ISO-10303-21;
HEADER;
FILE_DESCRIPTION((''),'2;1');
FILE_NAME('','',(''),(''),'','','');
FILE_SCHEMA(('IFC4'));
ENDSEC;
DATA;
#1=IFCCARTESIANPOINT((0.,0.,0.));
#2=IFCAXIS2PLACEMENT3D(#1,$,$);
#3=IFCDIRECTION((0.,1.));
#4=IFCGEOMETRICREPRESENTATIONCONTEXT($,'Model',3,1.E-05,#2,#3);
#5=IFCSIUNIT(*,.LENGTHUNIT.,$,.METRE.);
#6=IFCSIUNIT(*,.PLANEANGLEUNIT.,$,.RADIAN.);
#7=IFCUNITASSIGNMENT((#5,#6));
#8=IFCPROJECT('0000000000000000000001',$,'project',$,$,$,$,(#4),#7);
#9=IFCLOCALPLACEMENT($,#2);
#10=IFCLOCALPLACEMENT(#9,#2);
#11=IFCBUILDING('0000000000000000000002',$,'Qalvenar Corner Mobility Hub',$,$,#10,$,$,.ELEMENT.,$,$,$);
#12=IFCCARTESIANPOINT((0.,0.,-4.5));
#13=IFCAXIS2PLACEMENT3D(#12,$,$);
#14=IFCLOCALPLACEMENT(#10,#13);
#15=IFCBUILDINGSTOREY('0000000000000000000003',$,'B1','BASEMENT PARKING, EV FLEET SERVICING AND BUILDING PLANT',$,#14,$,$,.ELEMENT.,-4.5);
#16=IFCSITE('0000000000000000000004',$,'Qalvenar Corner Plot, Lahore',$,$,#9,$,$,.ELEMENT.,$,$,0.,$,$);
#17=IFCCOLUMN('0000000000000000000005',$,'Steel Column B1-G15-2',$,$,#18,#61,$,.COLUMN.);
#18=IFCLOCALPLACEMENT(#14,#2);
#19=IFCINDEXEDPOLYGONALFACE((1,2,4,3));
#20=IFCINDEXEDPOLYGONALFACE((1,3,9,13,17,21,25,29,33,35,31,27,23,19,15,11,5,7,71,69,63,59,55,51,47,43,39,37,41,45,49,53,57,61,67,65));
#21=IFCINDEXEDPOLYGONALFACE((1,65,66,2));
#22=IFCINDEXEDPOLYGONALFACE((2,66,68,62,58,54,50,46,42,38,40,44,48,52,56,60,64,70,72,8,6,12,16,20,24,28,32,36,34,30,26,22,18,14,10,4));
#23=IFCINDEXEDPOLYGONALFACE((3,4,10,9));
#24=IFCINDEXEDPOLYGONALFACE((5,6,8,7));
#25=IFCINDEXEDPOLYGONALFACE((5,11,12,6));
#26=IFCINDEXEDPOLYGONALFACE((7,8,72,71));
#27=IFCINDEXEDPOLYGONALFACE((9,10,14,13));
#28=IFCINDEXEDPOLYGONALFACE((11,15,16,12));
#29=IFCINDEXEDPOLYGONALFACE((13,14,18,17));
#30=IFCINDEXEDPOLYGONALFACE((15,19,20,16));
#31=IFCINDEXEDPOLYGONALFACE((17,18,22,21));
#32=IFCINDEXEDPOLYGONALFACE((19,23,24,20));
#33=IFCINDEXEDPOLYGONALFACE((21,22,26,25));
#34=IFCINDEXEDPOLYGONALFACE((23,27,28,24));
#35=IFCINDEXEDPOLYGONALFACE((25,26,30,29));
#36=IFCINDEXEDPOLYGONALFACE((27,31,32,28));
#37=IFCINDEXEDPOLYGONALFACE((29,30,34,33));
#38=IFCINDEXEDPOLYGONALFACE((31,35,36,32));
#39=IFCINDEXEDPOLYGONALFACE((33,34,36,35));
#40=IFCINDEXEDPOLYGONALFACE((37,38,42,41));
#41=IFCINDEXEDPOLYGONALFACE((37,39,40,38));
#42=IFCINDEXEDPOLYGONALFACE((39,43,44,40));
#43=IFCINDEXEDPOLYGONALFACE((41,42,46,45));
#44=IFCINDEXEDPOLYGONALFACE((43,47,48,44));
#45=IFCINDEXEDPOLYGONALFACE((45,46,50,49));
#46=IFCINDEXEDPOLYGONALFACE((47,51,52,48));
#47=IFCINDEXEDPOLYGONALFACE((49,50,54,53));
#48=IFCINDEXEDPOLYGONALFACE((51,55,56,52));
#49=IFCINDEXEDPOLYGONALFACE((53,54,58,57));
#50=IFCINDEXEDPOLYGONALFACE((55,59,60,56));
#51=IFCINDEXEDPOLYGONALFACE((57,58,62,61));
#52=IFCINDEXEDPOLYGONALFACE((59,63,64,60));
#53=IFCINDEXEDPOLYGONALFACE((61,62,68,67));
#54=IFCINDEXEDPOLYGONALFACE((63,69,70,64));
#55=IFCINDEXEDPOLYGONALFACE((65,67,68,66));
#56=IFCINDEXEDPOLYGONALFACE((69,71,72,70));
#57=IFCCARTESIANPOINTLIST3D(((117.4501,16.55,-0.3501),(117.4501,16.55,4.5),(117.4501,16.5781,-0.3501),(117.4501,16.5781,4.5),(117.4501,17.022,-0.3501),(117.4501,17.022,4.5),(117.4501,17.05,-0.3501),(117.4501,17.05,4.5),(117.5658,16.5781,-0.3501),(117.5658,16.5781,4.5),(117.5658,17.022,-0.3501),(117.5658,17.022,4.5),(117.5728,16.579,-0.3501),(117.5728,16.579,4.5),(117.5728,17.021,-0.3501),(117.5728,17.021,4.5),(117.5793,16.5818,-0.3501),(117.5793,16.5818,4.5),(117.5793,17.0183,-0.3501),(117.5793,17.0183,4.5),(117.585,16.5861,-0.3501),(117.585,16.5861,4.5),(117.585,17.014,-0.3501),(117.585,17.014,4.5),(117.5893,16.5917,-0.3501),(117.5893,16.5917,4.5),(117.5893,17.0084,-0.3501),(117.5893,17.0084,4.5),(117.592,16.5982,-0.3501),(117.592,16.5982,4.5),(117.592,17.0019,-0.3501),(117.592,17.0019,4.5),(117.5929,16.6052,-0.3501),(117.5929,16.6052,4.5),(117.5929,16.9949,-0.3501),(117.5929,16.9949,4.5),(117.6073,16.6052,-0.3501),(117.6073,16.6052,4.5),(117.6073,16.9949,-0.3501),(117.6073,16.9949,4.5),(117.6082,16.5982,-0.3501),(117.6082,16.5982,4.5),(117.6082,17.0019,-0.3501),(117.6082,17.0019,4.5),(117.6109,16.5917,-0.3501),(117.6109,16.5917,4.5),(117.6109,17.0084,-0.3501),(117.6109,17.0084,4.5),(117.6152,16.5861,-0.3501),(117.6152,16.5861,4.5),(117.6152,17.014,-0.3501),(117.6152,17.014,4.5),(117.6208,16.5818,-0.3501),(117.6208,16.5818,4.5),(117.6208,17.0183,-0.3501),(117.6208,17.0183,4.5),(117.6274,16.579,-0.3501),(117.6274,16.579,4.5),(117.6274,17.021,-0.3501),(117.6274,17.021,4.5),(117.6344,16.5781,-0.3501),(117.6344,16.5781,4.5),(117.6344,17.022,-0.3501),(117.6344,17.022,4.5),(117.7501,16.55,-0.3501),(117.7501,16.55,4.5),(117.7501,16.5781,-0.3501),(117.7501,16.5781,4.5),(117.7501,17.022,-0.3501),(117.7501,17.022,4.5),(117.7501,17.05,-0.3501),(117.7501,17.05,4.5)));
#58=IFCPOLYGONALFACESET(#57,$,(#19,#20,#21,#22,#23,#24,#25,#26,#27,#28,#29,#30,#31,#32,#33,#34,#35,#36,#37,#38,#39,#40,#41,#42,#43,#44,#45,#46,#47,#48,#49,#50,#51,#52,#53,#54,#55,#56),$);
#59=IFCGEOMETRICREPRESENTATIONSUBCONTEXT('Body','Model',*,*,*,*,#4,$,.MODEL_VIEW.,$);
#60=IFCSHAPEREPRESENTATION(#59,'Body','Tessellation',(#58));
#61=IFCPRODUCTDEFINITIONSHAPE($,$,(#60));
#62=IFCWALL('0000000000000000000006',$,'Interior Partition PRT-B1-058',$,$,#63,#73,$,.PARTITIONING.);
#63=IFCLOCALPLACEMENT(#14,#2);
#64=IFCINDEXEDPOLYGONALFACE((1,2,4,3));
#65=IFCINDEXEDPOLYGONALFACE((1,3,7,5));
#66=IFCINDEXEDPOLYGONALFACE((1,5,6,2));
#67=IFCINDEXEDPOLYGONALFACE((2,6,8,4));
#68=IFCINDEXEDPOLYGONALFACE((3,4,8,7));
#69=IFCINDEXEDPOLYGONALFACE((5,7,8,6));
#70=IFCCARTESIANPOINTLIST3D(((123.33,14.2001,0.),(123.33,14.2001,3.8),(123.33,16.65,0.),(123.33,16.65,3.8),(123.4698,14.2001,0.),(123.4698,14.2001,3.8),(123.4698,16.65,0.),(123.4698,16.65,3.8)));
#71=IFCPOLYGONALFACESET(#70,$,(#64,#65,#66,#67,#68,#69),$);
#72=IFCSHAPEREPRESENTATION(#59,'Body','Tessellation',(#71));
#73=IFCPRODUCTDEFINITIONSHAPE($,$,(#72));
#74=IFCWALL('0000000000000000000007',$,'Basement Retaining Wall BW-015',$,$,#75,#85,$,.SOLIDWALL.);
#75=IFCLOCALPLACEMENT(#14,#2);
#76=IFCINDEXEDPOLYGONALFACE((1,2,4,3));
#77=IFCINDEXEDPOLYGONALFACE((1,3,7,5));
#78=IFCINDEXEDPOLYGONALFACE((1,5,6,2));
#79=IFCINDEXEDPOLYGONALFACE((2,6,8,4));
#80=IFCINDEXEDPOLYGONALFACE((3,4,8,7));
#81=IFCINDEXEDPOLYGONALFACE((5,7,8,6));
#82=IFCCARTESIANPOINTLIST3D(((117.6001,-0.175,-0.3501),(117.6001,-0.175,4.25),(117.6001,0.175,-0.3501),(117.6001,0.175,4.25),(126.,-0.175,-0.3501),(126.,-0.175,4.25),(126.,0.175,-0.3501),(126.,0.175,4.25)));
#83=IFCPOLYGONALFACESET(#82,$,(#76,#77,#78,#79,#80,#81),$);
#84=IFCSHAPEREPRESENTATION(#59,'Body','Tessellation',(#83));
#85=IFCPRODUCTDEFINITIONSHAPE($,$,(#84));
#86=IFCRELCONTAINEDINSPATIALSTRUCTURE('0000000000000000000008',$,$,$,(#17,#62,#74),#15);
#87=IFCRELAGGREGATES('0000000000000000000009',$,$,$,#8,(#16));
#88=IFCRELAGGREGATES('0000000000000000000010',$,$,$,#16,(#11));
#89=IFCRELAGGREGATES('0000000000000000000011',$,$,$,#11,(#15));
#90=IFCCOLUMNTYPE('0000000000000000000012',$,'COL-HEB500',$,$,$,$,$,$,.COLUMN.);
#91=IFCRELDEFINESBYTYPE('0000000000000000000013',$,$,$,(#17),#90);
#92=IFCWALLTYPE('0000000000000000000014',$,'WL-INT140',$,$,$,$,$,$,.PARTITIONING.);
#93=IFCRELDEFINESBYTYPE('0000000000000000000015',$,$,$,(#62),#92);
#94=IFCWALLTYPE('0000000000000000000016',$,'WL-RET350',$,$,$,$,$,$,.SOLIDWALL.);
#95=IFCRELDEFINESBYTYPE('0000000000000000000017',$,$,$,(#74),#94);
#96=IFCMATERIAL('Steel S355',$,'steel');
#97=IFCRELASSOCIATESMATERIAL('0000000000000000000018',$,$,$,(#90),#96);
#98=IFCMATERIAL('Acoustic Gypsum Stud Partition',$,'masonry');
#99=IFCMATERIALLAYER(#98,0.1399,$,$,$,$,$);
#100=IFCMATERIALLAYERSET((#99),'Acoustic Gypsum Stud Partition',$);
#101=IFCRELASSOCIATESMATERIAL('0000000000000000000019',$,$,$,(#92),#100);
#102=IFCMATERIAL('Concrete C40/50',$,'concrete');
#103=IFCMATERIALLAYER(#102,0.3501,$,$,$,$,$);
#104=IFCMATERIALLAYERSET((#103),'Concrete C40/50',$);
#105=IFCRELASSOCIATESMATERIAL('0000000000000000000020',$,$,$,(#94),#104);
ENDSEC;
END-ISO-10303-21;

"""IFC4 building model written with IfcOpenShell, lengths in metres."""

from ifc_helpers import new_model, si_unit, direction, frame, frame_2d, origin, origin_2d, place, context, subcontext, project, spatial, rectangle, i_section, extrude, material, layer, layer_set, material_profile, profile_set, type_object, element, save


model = new_model("IFC4")

# Units and contexts
model_context = context("Model", 3, precision=1e-05, world=origin(), true_north=direction((0.0, 1.0)))
body_context = subcontext(model_context, "Body", "Model", "MODEL_VIEW")
ifc_project = project(units=[si_unit("LENGTHUNIT", "METRE"), si_unit("PLANEANGLEUNIT", "RADIAN")], contexts=[model_context])

# Site, building, storey
site_placement = place(None, origin())
site = spatial("IfcSite", under=ifc_project, at=site_placement, Name="Qalvenar Corner Plot, Lahore", CompositionType="ELEMENT", RefElevation=0.0)
building_placement = place(site_placement, origin())
building = spatial("IfcBuilding", under=site, at=building_placement, Name="Qalvenar Corner Mobility Hub", CompositionType="ELEMENT")
storey_placement = place(building_placement, frame((0.0, 0.0, -4.5)))
storey = spatial("IfcBuildingStorey", under=building, at=storey_placement, Name="B1", Description="BASEMENT PARKING, EV FLEET SERVICING AND BUILDING PLANT", CompositionType="ELEMENT", Elevation=-4.5)

# Shared definitions
ifc_material_1 = material(Name="Concrete C40/50", Category="concrete")

# Column
ifc_material_2 = material(Name="Steel S355", Category="steel")
ifc_material_profile_1 = material_profile(ifc_material_2, i_section(OverallWidth=0.3, OverallDepth=0.5, WebThickness=0.0144, FlangeThickness=0.0281, FilletRadius=0.0271, at=origin_2d()), Name="HEB500")
ifc_profile_set_1 = profile_set([ifc_material_profile_1], Name="Steel S355")
column_type = type_object("IfcColumnType", Name="COL-HEB500", PredefinedType="COLUMN", material=ifc_profile_set_1)
for number, where, z_axis, x_axis, name in (
    (1, (117.6001, 16.8, -0.3501), (0.0, 0.0, 1.0), (1.0, 0.0, 0.0), "Steel Column B1-G15-2"),
):
    element("IfcColumn", number, at=place(storey_placement, frame(where, z_axis=z_axis, x_axis=x_axis)), inside=storey, type_object=column_type, Name=name, PredefinedType="COLUMN", context=body_context, shape_type="SweptSolid", body=[
        extrude(i_section(OverallWidth=0.3, OverallDepth=0.5, WebThickness=0.0144, FlangeThickness=0.0281, FilletRadius=0.0271, at=origin_2d()), origin(), (0.0, 0.0, 1.0), 4.8501),
    ])

# Walls
ifc_material_3 = material(Name="Acoustic Gypsum Stud Partition", Category="masonry")
ifc_layer_1 = layer(ifc_material_3, 0.1399)
ifc_layer_set_1 = layer_set([ifc_layer_1], Name="Acoustic Gypsum Stud Partition")
wall_type_1 = type_object("IfcWallType", Name="WL-INT140", PredefinedType="PARTITIONING", material=ifc_layer_set_1)
wall_1_placement = place(storey_placement, frame((123.3999, 14.2, 0.0), z_axis=(0.0, 0.0, 1.0), x_axis=(0.0, 1.0, 0.0)))
element("IfcWall", 2, at=wall_1_placement, inside=storey, type_object=wall_type_1, Name="Interior Partition PRT-B1-058", PredefinedType="PARTITIONING", context=body_context, shape_type="SweptSolid", body=[
    extrude(rectangle(XDim=2.45, YDim=0.1399, at=frame_2d((1.2251, 0.0))), origin(), (0.0, 0.0, 1.0), 3.8),
])
ifc_layer_2 = layer(ifc_material_1, 0.3501)
ifc_layer_set_2 = layer_set([ifc_layer_2], Name="Concrete C40/50")
wall_type_2 = type_object("IfcWallType", Name="WL-RET350", PredefinedType="SOLIDWALL", material=ifc_layer_set_2)
wall_2_placement = place(storey_placement, frame((117.6001, 0.0, -0.3501), z_axis=(0.0, 0.0, 1.0), x_axis=(1.0, 0.0, 0.0)))
element("IfcWall", 3, at=wall_2_placement, inside=storey, type_object=wall_type_2, Name="Basement Retaining Wall BW-015", PredefinedType="SOLIDWALL", context=body_context, shape_type="SweptSolid", body=[
    extrude(rectangle(XDim=8.3999, YDim=0.3501, at=frame_2d((4.2, 0.0))), origin(), (0.0, 0.0, 1.0), 4.6001),
])

save(model, "model.ifc")
